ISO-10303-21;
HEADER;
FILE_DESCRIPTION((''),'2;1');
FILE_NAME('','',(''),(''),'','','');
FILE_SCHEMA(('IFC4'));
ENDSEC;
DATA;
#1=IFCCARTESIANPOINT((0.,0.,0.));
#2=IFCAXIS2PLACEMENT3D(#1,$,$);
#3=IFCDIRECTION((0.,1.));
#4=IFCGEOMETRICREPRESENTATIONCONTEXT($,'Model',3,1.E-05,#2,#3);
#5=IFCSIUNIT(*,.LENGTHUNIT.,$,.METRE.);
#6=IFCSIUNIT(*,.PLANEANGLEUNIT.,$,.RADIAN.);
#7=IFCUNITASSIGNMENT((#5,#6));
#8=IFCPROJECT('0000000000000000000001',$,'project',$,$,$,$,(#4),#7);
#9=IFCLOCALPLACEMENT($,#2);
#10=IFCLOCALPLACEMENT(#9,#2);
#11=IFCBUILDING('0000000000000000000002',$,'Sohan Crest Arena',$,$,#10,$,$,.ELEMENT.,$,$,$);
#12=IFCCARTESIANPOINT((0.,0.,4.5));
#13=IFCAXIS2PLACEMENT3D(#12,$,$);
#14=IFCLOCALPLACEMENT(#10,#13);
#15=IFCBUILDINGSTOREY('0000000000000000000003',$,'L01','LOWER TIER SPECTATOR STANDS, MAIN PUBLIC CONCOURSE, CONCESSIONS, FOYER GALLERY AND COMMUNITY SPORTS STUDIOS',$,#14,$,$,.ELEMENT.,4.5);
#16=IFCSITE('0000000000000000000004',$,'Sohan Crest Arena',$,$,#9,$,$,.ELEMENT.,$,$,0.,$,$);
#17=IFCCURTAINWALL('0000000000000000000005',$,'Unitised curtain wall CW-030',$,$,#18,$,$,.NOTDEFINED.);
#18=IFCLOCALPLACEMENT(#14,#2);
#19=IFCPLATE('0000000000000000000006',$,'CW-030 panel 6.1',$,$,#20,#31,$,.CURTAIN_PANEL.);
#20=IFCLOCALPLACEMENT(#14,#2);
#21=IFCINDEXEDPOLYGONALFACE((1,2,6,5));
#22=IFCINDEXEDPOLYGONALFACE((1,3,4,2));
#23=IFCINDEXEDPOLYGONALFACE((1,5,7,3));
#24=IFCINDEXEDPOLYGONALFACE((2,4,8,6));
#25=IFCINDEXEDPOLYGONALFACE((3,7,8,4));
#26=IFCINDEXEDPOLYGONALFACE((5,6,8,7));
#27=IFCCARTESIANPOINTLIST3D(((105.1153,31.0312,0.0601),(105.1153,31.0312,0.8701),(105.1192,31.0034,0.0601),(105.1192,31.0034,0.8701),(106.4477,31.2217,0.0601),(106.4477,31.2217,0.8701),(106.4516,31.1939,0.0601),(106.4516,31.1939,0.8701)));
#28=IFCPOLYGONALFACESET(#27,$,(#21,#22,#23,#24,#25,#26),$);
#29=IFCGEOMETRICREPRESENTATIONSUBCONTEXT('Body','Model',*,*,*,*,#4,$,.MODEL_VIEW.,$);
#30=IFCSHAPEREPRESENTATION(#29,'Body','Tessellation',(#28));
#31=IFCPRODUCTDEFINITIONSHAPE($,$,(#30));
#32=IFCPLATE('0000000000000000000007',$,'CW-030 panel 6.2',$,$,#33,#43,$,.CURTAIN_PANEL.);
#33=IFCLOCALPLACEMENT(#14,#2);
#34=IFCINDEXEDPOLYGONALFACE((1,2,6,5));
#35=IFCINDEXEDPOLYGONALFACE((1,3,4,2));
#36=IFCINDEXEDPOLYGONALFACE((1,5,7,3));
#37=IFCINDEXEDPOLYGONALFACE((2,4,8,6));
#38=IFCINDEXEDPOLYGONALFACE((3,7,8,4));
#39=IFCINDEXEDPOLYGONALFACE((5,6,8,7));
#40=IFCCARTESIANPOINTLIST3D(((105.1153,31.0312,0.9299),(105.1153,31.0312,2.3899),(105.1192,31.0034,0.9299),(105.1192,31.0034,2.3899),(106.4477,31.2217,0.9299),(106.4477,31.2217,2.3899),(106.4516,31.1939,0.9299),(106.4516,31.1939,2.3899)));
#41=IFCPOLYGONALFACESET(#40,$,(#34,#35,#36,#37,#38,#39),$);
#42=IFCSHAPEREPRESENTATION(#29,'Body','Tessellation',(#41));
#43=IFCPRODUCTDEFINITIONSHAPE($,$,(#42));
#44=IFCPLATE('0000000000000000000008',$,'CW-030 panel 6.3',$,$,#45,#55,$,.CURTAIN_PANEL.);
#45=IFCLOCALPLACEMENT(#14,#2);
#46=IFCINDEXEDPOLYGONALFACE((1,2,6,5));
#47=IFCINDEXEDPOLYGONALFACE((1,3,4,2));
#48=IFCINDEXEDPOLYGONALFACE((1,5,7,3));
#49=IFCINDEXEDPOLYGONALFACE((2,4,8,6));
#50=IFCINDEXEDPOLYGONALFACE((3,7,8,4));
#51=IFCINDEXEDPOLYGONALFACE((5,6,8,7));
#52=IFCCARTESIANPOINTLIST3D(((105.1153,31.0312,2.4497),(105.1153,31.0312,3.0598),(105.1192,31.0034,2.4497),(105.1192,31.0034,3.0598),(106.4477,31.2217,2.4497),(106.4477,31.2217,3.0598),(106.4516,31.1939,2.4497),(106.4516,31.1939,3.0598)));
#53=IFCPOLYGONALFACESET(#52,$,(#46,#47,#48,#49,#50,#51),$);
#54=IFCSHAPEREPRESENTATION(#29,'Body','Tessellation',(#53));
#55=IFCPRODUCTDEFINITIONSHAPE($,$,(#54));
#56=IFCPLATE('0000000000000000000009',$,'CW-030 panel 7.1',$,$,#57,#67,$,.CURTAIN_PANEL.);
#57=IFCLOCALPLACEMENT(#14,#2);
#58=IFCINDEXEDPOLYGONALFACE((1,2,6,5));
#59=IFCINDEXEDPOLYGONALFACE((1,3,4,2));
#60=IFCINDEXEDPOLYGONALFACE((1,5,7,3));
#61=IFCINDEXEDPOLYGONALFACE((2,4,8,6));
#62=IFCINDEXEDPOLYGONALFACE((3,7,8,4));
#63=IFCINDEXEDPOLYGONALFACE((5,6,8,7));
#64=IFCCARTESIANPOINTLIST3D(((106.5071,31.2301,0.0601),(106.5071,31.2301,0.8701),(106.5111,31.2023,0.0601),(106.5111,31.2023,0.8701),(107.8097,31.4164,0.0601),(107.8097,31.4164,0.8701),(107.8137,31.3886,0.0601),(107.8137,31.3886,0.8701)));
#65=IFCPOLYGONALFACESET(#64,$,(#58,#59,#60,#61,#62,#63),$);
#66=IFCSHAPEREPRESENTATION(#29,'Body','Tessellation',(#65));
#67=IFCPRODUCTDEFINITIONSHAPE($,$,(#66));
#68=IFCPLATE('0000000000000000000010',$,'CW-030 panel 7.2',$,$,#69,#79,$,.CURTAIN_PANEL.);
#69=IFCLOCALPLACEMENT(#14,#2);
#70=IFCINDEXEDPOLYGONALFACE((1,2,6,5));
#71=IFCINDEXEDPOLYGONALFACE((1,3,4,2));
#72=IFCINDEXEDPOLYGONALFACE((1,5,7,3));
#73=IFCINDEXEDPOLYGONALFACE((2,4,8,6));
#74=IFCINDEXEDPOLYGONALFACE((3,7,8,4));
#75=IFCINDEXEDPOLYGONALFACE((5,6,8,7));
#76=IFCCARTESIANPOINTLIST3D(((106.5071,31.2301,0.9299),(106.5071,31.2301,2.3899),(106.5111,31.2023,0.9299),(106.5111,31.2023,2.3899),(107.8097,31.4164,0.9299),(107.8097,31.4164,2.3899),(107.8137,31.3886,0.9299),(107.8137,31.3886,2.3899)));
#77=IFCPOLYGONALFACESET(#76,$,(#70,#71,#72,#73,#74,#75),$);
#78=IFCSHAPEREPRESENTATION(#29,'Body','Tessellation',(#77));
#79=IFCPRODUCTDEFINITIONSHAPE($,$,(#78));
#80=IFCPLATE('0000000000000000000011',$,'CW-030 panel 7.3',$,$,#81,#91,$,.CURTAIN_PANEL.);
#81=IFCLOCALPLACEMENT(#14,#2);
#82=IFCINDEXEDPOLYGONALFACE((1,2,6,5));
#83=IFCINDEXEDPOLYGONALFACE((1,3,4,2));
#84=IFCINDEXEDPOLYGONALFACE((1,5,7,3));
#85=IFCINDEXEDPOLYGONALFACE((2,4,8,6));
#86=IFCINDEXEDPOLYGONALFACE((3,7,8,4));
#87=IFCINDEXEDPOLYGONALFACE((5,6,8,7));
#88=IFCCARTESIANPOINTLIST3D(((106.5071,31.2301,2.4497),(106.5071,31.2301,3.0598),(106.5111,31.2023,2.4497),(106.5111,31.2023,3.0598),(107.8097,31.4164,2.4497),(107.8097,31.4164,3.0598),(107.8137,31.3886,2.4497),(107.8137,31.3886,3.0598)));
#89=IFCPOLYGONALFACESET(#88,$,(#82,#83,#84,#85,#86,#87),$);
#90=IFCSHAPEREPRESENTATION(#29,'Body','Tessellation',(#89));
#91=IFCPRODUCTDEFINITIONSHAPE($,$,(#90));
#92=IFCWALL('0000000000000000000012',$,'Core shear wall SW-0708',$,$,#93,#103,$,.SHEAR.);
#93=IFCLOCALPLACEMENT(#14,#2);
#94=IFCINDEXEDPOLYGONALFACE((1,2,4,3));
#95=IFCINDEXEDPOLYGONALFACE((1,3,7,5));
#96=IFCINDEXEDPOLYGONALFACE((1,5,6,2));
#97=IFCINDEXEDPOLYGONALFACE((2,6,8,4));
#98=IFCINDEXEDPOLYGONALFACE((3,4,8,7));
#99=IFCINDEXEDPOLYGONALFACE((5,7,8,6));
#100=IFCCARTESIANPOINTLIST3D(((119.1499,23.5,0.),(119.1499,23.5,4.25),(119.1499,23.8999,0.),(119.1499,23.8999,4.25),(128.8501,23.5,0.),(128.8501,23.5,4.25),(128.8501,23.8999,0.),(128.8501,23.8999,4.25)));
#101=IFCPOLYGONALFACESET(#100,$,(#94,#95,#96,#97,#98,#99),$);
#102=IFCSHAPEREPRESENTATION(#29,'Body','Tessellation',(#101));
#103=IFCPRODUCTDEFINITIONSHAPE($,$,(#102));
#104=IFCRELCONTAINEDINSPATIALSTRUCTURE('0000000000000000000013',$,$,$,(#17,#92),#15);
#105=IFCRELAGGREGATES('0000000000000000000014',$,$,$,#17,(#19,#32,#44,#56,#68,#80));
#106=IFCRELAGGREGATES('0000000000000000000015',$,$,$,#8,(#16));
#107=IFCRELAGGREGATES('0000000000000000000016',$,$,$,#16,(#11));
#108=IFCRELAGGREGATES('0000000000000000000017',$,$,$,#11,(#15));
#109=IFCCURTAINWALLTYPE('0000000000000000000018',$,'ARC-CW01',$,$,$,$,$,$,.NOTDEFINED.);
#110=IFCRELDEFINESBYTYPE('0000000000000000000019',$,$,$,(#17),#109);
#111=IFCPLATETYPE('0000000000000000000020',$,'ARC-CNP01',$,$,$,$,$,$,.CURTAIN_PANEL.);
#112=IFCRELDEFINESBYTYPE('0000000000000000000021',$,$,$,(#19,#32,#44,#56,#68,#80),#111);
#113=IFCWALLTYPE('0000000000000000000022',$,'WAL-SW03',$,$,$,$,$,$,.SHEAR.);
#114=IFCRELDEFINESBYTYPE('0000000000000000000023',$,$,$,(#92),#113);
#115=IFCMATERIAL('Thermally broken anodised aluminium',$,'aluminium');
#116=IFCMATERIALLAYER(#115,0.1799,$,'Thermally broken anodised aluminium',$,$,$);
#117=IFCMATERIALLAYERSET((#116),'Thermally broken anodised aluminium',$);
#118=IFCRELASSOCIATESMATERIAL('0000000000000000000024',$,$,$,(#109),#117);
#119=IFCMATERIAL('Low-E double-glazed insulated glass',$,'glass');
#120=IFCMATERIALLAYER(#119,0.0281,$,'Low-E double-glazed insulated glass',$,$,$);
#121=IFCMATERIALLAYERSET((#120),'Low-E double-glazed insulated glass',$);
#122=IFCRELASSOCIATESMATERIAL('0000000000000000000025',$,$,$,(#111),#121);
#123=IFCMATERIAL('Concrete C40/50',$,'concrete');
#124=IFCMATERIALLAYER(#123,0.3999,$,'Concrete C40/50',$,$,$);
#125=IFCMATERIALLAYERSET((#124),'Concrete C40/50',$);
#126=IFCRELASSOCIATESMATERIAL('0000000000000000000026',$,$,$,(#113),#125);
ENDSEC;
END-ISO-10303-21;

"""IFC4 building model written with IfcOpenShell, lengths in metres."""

from ifc_helpers import new_model, si_unit, direction, frame, frame_2d, origin, origin_2d, place, context, subcontext, project, spatial, rectangle, extrude, material, layer, layer_set, type_object, element, aggregate, save


model = new_model("IFC4")

# Units and contexts
model_context = context("Model", 3, precision=1e-05, world=origin(), true_north=direction((0.0, 1.0)))
body_context = subcontext(model_context, "Body", "Model", "MODEL_VIEW")
ifc_project = project(units=[si_unit("LENGTHUNIT", "METRE"), si_unit("PLANEANGLEUNIT", "RADIAN")], contexts=[model_context])

# Site, building, storey
site_placement = place(None, origin())
site = spatial("IfcSite", under=ifc_project, at=site_placement, Name="Sohan Crest Arena", CompositionType="ELEMENT", RefElevation=0.0)
building_placement = place(site_placement, origin())
building = spatial("IfcBuilding", under=site, at=building_placement, Name="Sohan Crest Arena", CompositionType="ELEMENT")
storey_placement = place(building_placement, frame((0.0, 0.0, 4.5)))
storey = spatial("IfcBuildingStorey", under=building, at=storey_placement, Name="L01", Description="LOWER TIER SPECTATOR STANDS, MAIN PUBLIC CONCOURSE, CONCESSIONS, FOYER GALLERY AND COMMUNITY SPORTS STUDIOS", CompositionType="ELEMENT", Elevation=4.5)

# Curtain wall
ifc_material_1 = material(Name="Thermally broken anodised aluminium", Category="aluminium")
ifc_layer_1 = layer(ifc_material_1, 0.1799, Name="Thermally broken anodised aluminium")
ifc_layer_set_1 = layer_set([ifc_layer_1], Name="Thermally broken anodised aluminium")
curtain_wall_type = type_object("IfcCurtainWallType", Name="ARC-CW01", PredefinedType="NOTDEFINED", material=ifc_layer_set_1)
curtain_wall_placement = place(storey_placement, origin())
curtain_wall = element("IfcCurtainWall", 1, at=curtain_wall_placement, inside=storey, type_object=curtain_wall_type, Name="Unitised curtain wall CW-030", PredefinedType="NOTDEFINED")

# Plates
ifc_material_2 = material(Name="Low-E double-glazed insulated glass", Category="glass")
ifc_layer_2 = layer(ifc_material_2, 0.0281, Name="Low-E double-glazed insulated glass")
ifc_layer_set_2 = layer_set([ifc_layer_2], Name="Low-E double-glazed insulated glass")
plate_type = type_object("IfcPlateType", Name="ARC-CNP01", PredefinedType="CURTAIN_PANEL", material=ifc_layer_set_2)
plate_1_placement = place(storey_placement, frame((105.7834, 31.1125, 0.0601), z_axis=(0.0, 0.0, 1.0), x_axis=(0.989931, 0.141549, 0.0)))
plate_1 = element("IfcPlate", 2, at=plate_1_placement, type_object=plate_type, Name="CW-030 panel 6.1", PredefinedType="CURTAIN_PANEL", context=body_context, shape_type="SweptSolid", body=[
    extrude(rectangle(XDim=1.3459, YDim=0.0281, at=origin_2d()), origin(), (0.0, 0.0, 1.0), 0.8101),
])
plate_2_placement = place(storey_placement, frame((105.7834, 31.1125, 0.9299), z_axis=(0.0, 0.0, 1.0), x_axis=(0.989931, 0.141549, 0.0)))
plate_2 = element("IfcPlate", 3, at=plate_2_placement, type_object=plate_type, Name="CW-030 panel 6.2", PredefinedType="CURTAIN_PANEL", context=body_context, shape_type="SweptSolid", body=[
    extrude(rectangle(XDim=1.3459, YDim=0.0281, at=origin_2d()), origin(), (0.0, 0.0, 1.0), 1.46),
])
plate_3_placement = place(storey_placement, frame((105.7834, 31.1125, 2.4497), z_axis=(0.0, 0.0, 1.0), x_axis=(0.989931, 0.141549, 0.0)))
plate_3 = element("IfcPlate", 4, at=plate_3_placement, type_object=plate_type, Name="CW-030 panel 6.3", PredefinedType="CURTAIN_PANEL", context=body_context, shape_type="SweptSolid", body=[
    extrude(rectangle(XDim=1.3459, YDim=0.0281, at=origin_2d()), origin(), (0.0, 0.0, 1.0), 0.6101),
])
plate_4_placement = place(storey_placement, frame((107.1604, 31.3093, 0.0601), z_axis=(0.0, 0.0, 1.0), x_axis=(0.989931, 0.141549, 0.0)))
plate_4 = element("IfcPlate", 5, at=plate_4_placement, type_object=plate_type, Name="CW-030 panel 7.1", PredefinedType="CURTAIN_PANEL", context=body_context, shape_type="SweptSolid", body=[
    extrude(rectangle(XDim=1.3159, YDim=0.0281, at=origin_2d()), origin(), (0.0, 0.0, 1.0), 0.8101),
])
plate_5_placement = place(storey_placement, frame((107.1604, 31.3093, 0.9299), z_axis=(0.0, 0.0, 1.0), x_axis=(0.989931, 0.141549, 0.0)))
plate_5 = element("IfcPlate", 6, at=plate_5_placement, type_object=plate_type, Name="CW-030 panel 7.2", PredefinedType="CURTAIN_PANEL", context=body_context, shape_type="SweptSolid", body=[
    extrude(rectangle(XDim=1.3159, YDim=0.0281, at=origin_2d()), origin(), (0.0, 0.0, 1.0), 1.46),
])
plate_6_placement = place(storey_placement, frame((107.1604, 31.3093, 2.4497), z_axis=(0.0, 0.0, 1.0), x_axis=(0.989931, 0.141549, 0.0)))
plate_6 = element("IfcPlate", 7, at=plate_6_placement, type_object=plate_type, Name="CW-030 panel 7.3", PredefinedType="CURTAIN_PANEL", context=body_context, shape_type="SweptSolid", body=[
    extrude(rectangle(XDim=1.3159, YDim=0.0281, at=origin_2d()), origin(), (0.0, 0.0, 1.0), 0.6101),
])
aggregate(curtain_wall, [plate_1, plate_2, plate_3, plate_4, plate_5, plate_6])

# Wall
ifc_material_3 = material(Name="Concrete C40/50", Category="concrete")
ifc_layer_3 = layer(ifc_material_3, 0.3999, Name="Concrete C40/50")
ifc_layer_set_3 = layer_set([ifc_layer_3], Name="Concrete C40/50")
wall_type = type_object("IfcWallType", Name="WAL-SW03", PredefinedType="SHEAR", material=ifc_layer_set_3)
wall_placement = place(storey_placement, frame((119.1499, 23.7, 0.0), z_axis=(0.0, 0.0, 1.0), x_axis=(1.0, 0.0, 0.0)))
element("IfcWall", 8, at=wall_placement, inside=storey, type_object=wall_type, Name="Core shear wall SW-0708", PredefinedType="SHEAR", context=body_context, shape_type="SweptSolid", body=[
    extrude(rectangle(XDim=9.7002, YDim=0.3999, at=frame_2d((4.8501, 0.0))), origin(), (0.0, 0.0, 1.0), 4.25),
])

save(model, "model.ifc")
